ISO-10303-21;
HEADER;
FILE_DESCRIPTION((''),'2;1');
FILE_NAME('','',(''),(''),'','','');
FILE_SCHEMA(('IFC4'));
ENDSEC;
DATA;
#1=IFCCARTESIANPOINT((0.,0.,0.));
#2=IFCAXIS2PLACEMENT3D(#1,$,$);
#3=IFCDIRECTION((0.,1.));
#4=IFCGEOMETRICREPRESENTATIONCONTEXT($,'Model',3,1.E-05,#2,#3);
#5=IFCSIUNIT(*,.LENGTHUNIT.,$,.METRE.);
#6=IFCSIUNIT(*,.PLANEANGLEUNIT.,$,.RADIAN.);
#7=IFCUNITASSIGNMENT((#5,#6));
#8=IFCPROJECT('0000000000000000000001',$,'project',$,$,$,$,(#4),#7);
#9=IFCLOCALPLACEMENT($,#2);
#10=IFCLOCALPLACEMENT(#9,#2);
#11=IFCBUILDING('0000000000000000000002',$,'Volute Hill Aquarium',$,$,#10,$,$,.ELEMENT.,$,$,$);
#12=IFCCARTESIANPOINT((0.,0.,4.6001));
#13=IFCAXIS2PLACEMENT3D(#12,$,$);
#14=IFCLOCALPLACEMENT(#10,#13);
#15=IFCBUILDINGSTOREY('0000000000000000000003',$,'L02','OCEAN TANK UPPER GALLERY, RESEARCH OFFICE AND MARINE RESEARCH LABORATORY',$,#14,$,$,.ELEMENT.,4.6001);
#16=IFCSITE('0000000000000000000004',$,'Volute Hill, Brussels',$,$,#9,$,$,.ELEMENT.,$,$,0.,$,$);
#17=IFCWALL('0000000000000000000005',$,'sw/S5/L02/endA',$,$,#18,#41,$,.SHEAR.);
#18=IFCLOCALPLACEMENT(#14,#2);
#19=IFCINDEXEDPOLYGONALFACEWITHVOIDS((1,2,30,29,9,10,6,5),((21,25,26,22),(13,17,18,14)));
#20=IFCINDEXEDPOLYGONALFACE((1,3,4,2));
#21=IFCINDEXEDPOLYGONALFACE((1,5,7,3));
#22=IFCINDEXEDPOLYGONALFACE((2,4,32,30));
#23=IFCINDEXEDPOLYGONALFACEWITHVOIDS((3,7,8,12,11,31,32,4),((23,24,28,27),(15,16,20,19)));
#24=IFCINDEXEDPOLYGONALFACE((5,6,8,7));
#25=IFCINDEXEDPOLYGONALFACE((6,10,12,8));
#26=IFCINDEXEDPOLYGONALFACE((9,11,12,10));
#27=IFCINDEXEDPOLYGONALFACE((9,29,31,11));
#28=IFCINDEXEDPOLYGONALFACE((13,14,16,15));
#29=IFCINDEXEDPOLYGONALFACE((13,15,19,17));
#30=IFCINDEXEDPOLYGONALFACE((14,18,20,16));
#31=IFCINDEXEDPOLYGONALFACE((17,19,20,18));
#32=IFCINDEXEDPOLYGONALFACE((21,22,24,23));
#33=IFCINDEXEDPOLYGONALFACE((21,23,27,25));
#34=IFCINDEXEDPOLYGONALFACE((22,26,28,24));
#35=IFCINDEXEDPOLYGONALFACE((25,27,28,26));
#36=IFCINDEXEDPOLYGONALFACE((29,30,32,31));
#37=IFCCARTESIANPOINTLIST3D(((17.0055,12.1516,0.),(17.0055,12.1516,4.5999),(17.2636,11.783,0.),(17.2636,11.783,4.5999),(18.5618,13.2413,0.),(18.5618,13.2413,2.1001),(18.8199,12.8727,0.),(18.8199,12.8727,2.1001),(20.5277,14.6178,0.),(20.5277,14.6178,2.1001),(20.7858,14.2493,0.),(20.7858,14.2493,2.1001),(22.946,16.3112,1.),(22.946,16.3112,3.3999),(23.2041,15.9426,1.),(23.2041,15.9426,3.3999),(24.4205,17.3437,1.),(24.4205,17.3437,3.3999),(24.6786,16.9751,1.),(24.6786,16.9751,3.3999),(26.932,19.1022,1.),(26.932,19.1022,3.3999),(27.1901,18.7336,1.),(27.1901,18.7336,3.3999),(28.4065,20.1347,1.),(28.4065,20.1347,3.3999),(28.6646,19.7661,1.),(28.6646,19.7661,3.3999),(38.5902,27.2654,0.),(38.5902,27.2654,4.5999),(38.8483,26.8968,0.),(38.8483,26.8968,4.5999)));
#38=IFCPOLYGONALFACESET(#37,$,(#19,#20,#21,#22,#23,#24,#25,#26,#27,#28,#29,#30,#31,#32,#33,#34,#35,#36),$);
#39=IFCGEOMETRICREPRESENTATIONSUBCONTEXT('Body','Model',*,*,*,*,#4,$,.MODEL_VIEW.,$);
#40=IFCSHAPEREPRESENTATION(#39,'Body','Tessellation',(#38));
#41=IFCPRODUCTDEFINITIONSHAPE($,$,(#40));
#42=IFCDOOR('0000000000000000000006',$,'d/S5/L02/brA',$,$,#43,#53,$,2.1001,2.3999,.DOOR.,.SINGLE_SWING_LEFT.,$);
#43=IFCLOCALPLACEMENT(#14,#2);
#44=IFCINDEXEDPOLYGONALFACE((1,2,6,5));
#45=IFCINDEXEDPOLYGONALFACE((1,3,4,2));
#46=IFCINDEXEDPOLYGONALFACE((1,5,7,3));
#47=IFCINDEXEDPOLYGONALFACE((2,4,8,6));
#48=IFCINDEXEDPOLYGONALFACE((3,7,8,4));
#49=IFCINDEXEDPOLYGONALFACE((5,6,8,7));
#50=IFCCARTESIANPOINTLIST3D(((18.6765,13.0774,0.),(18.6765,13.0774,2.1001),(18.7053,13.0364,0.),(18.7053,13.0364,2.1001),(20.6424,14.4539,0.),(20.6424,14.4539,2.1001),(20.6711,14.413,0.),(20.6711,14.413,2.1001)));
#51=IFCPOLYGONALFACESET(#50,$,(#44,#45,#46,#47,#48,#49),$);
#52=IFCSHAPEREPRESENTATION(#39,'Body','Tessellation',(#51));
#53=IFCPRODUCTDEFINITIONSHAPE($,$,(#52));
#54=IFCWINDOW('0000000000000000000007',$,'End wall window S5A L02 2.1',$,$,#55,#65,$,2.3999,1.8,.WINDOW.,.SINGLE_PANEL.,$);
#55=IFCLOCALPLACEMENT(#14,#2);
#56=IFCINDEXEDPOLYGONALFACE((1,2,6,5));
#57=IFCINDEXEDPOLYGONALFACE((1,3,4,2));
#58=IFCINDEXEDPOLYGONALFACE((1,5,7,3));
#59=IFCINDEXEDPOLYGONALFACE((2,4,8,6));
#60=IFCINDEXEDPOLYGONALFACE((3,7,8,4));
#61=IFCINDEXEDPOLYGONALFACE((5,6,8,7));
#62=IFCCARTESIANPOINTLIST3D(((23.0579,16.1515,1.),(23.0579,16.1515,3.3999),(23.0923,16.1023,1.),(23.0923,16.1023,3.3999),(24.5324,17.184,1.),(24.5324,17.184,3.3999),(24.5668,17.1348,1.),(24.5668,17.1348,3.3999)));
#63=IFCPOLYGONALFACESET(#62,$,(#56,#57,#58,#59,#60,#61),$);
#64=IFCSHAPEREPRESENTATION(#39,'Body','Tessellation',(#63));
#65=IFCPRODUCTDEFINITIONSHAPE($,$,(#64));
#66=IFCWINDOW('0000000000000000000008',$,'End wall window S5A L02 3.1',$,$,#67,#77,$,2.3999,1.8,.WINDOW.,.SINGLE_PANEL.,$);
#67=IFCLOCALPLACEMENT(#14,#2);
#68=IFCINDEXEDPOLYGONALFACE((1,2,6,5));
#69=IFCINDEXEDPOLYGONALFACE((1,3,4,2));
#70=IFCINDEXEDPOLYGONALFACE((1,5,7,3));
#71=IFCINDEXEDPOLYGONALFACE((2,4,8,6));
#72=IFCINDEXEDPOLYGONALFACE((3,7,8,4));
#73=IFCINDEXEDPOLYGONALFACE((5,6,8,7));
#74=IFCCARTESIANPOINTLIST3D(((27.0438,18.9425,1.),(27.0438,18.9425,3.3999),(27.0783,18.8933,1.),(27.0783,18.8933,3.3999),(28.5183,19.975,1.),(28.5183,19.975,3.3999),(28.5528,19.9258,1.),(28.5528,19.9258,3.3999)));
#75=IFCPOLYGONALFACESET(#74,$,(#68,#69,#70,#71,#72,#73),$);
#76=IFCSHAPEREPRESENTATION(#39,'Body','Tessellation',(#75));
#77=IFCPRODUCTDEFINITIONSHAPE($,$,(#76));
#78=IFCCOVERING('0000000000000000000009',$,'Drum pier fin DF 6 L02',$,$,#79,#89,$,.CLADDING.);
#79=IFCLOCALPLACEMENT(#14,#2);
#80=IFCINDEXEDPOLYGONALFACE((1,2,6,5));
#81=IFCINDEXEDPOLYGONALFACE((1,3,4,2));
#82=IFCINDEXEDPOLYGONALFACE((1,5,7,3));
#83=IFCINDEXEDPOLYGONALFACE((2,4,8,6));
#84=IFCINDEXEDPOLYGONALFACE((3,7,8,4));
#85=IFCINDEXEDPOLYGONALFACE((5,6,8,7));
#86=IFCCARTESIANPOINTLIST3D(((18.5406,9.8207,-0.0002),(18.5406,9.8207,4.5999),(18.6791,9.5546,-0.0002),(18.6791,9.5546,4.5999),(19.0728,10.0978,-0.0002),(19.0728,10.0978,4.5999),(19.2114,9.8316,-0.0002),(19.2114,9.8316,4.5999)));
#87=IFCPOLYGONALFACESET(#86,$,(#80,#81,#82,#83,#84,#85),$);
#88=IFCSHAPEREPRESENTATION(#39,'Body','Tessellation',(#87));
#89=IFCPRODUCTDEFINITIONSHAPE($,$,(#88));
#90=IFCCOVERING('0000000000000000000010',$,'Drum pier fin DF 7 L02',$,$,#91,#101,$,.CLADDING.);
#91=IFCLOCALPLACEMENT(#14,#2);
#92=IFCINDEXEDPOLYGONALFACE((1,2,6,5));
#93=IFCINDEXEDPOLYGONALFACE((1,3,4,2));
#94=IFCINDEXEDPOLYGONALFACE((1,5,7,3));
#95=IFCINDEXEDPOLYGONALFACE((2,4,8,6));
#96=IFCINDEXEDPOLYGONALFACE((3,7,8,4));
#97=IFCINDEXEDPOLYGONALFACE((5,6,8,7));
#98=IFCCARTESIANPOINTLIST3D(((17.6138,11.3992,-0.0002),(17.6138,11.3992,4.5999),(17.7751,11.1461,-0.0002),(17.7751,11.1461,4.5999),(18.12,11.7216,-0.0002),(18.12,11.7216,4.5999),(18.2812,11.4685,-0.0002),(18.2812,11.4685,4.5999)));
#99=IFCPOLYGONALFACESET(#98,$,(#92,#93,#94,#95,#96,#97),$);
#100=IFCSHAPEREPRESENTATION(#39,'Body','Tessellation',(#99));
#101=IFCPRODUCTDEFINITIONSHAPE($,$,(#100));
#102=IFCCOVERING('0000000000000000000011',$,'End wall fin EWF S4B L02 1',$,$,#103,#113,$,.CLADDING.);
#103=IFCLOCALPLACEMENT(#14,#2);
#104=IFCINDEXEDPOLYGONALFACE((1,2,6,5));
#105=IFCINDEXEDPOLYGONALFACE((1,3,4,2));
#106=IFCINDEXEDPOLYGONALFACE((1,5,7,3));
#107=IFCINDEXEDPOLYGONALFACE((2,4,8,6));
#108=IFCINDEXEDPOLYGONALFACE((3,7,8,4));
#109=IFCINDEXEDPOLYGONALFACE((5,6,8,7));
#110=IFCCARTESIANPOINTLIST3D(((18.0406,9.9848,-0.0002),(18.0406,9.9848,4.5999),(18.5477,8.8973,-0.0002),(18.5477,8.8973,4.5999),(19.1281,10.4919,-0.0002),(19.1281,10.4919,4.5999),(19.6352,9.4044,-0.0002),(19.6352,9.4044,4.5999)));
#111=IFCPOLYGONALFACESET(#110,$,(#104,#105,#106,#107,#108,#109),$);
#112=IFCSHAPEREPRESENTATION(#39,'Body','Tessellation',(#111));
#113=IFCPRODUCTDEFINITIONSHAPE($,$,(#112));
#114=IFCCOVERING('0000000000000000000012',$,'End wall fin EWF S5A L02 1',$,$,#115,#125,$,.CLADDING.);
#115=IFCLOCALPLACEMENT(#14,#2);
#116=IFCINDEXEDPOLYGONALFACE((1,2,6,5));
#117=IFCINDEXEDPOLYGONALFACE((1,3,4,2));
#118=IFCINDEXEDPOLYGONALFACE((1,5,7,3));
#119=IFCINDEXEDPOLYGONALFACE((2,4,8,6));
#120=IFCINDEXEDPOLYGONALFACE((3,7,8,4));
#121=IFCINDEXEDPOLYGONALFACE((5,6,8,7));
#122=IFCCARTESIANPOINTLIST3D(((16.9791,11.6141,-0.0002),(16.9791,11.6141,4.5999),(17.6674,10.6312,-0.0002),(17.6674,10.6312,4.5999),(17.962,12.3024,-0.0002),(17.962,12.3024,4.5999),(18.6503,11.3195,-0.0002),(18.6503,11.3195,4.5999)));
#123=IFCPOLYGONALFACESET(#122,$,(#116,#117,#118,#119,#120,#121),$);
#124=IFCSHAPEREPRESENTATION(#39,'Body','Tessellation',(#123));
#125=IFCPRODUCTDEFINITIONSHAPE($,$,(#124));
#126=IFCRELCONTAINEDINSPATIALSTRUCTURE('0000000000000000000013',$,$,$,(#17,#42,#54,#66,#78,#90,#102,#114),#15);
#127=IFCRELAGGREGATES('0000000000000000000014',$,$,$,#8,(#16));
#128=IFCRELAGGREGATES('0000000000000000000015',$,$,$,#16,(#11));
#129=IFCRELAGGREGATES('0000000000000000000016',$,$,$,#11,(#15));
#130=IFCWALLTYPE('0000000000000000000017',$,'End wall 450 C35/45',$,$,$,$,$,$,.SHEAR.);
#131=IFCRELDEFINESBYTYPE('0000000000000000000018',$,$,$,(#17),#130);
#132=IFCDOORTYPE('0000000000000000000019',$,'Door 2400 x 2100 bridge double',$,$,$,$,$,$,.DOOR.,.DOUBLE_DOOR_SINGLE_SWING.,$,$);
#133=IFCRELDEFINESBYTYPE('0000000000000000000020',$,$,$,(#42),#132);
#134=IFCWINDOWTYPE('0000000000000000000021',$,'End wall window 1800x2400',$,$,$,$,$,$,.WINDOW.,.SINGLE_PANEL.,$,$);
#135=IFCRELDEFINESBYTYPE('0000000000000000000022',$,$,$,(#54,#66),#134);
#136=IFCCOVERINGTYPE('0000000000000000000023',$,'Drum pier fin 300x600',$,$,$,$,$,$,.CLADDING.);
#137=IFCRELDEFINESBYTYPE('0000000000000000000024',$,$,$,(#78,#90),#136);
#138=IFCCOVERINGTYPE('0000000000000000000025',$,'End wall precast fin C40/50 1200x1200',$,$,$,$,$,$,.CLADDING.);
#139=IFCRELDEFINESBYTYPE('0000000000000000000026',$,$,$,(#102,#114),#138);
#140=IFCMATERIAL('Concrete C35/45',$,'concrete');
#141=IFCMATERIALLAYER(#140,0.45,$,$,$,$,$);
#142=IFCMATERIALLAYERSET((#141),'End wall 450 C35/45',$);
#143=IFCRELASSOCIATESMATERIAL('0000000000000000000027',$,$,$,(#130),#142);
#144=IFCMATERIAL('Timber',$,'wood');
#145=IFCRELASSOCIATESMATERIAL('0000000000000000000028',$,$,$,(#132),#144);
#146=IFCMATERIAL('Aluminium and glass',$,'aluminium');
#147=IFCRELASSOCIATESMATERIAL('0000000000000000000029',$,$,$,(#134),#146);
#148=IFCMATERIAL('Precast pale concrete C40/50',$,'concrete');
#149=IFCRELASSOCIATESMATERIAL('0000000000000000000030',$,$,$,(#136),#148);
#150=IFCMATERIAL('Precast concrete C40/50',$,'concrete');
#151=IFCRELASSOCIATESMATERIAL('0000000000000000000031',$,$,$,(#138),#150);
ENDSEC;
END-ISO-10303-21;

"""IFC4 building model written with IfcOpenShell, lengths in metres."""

from ifc_helpers import new_model, si_unit, direction, frame, frame_2d, origin, origin_2d, place, context, subcontext, project, spatial, rectangle, extrude, material, layer, layer_set, type_object, element, fill, save


model = new_model("IFC4")

# Units and contexts
model_context = context("Model", 3, precision=1e-05, world=origin(), true_north=direction((0.0, 1.0)))
body_context = subcontext(model_context, "Body", "Model", "MODEL_VIEW")
ifc_project = project(units=[si_unit("LENGTHUNIT", "METRE"), si_unit("PLANEANGLEUNIT", "RADIAN")], contexts=[model_context])

# Site, building, storey
site_placement = place(None, origin())
site = spatial("IfcSite", under=ifc_project, at=site_placement, Name="Volute Hill, Brussels", CompositionType="ELEMENT", RefElevation=0.0)
building_placement = place(site_placement, origin())
building = spatial("IfcBuilding", under=site, at=building_placement, Name="Volute Hill Aquarium", CompositionType="ELEMENT")
storey_placement = place(building_placement, frame((0.0, 0.0, 4.6001)))
storey = spatial("IfcBuildingStorey", under=building, at=storey_placement, Name="L02", Description="OCEAN TANK UPPER GALLERY, RESEARCH OFFICE AND MARINE RESEARCH LABORATORY", CompositionType="ELEMENT", Elevation=4.6001)

# Wall, openings, door, windows
ifc_material_1 = material(Name="Concrete C35/45", Category="concrete")
ifc_layer_1 = layer(ifc_material_1, 0.45)
ifc_layer_set_1 = layer_set([ifc_layer_1], Name="End wall 450 C35/45")
wall_type_1 = type_object("IfcWallType", Name="End wall 450 C35/45", PredefinedType="SHEAR", material=ifc_layer_set_1)
ifc_material_2 = material(Name="Timber", Category="wood")
door_type = type_object("IfcDoorType", Name="Door 2400 x 2100 bridge double", OperationType="DOUBLE_DOOR_SINGLE_SWING", PredefinedType="DOOR", material=ifc_material_2)
wall_1_placement = place(storey_placement, frame((17.1345, 11.9673, 0.0), z_axis=(0.0, 0.0, 1.0), x_axis=(0.819152, 0.573576, 0.0)))
wall_1 = element("IfcWall", 1, at=wall_1_placement, inside=storey, type_object=wall_type_1, Name="sw/S5/L02/endA", PredefinedType="SHEAR", context=body_context, shape_type="SweptSolid", body=[
    extrude(rectangle(XDim=26.3501, YDim=0.45, at=frame_2d((13.175, 0.0))), origin(), (0.0, 0.0, 1.0), 4.5999),
])
opening_1_placement = place(wall_1_placement, frame((7.2522, 0.0, 1.0)))
opening_1 = element("IfcOpeningElement", 2, at=opening_1_placement, cuts=wall_1, PredefinedType="OPENING", context=body_context, shape_type="SweptSolid", body=[
    extrude(rectangle(XDim=1.8, YDim=2.3999, at=frame_2d((0.8999, 1.2))), frame((0.0, 0.2349, 0.0), z_axis=(0.0, -1.0, 0.0), x_axis=(1.0, 0.0, 0.0)), (0.0, 0.0, 1.0), 0.47),
])
opening_2_placement = place(wall_1_placement, frame((12.1182, 0.0, 1.0)))
opening_2 = element("IfcOpeningElement", 3, at=opening_2_placement, cuts=wall_1, PredefinedType="OPENING", context=body_context, shape_type="SweptSolid", body=[
    extrude(rectangle(XDim=1.8, YDim=2.3999, at=frame_2d((0.8999, 1.2))), frame((0.0, 0.2349, 0.0), z_axis=(0.0, -1.0, 0.0), x_axis=(1.0, 0.0, 0.0)), (0.0, 0.0, 1.0), 0.47),
])
opening_3_placement = place(wall_1_placement, frame((1.8999, 0.0, 0.0)))
opening_3 = element("IfcOpeningElement", 4, at=opening_3_placement, cuts=wall_1, PredefinedType="OPENING", context=body_context, shape_type="SweptSolid", body=[
    extrude(rectangle(XDim=2.3999, YDim=2.1001, at=frame_2d((1.2, 1.05))), frame((0.0, 0.2349, 0.0), z_axis=(0.0, -1.0, 0.0), x_axis=(1.0, 0.0, 0.0)), (0.0, 0.0, 1.0), 0.47),
])
door_1_placement = place(opening_3_placement, origin())
door_1 = element("IfcDoor", 5, at=door_1_placement, inside=storey, type_object=door_type, Name="d/S5/L02/brA", OperationType="SINGLE_SWING_LEFT", OverallHeight=2.1001, OverallWidth=2.3999, PredefinedType="DOOR", context=body_context, shape_type="SweptSolid", body=[
    extrude(rectangle(XDim=2.3999, YDim=2.1001, at=frame_2d((1.2, 1.05))), frame((0.0, 0.0249, 0.0), z_axis=(0.0, -1.0, 0.0), x_axis=(1.0, 0.0, 0.0)), (0.0, 0.0, 1.0), 0.05),
])
fill(opening_3, door_1)
ifc_material_3 = material(Name="Aluminium and glass", Category="aluminium")
window_type_1 = type_object("IfcWindowType", Name="End wall window 1800x2400", PartitioningType="SINGLE_PANEL", PredefinedType="WINDOW", material=ifc_material_3)
window_1_placement = place(opening_1_placement, origin())
window_1 = element("IfcWindow", 6, at=window_1_placement, inside=storey, type_object=window_type_1, Name="End wall window S5A L02 2.1", OverallHeight=2.3999, OverallWidth=1.8, PartitioningType="SINGLE_PANEL", PredefinedType="WINDOW", context=body_context, shape_type="SweptSolid", body=[
    extrude(rectangle(XDim=1.8, YDim=2.3999, at=frame_2d((0.8999, 1.2))), frame((0.0, 0.03, 0.0), z_axis=(0.0, -1.0, 0.0), x_axis=(1.0, 0.0, 0.0)), (0.0, 0.0, 1.0), 0.0601),
])
fill(opening_1, window_1)
window_2_placement = place(opening_2_placement, origin())
window_2 = element("IfcWindow", 7, at=window_2_placement, inside=storey, type_object=window_type_1, Name="End wall window S5A L02 3.1", OverallHeight=2.3999, OverallWidth=1.8, PartitioningType="SINGLE_PANEL", PredefinedType="WINDOW", context=body_context, shape_type="SweptSolid", body=[
    extrude(rectangle(XDim=1.8, YDim=2.3999, at=frame_2d((0.8999, 1.2))), frame((0.0, 0.03, 0.0), z_axis=(0.0, -1.0, 0.0), x_axis=(1.0, 0.0, 0.0)), (0.0, 0.0, 1.0), 0.0601),
])
fill(opening_2, window_2)

# Coverings
ifc_material_4 = material(Name="Precast pale concrete C40/50", Category="concrete")
covering_type_1 = type_object("IfcCoveringType", Name="Drum pier fin 300x600", PredefinedType="CLADDING", material=ifc_material_4)
for number, where, z_axis, x_axis, name in (
    (8, (18.876, 9.8262, -0.0002), (0.0, 0.0, 1.0), (-0.461749, 0.887011, 0.0), "Drum pier fin DF 6 L02"),
    (9, (17.9475, 11.4338, -0.0002), (0.0, 0.0, 1.0), (-0.5373, 0.843391, 0.0), "Drum pier fin DF 7 L02"),
):
    element("IfcCovering", number, at=place(storey_placement, frame(where, z_axis=z_axis, x_axis=x_axis)), inside=storey, type_object=covering_type_1, Name=name, PredefinedType="CLADDING", context=body_context, shape_type="SweptSolid", body=[
        extrude(rectangle(XDim=0.3, YDim=0.6001, at=origin_2d()), origin(), (0.0, 0.0, 1.0), 4.6001),
    ])
ifc_material_5 = material(Name="Precast concrete C40/50", Category="concrete")
covering_type_2 = type_object("IfcCoveringType", Name="End wall precast fin C40/50 1200x1200", PredefinedType="CLADDING", material=ifc_material_5)
for number, where, z_axis, x_axis, name in (
    (10, (18.8379, 9.6946, -0.0002), (0.0, 0.0, 1.0), (0.906309, 0.422616, 0.0), "End wall fin EWF S4B L02 1"),
    (11, (17.8147, 11.4668, -0.0002), (0.0, 0.0, 1.0), (0.819153, 0.573575, 0.0), "End wall fin EWF S5A L02 1"),
):
    element("IfcCovering", number, at=place(storey_placement, frame(where, z_axis=z_axis, x_axis=x_axis)), inside=storey, type_object=covering_type_2, Name=name, PredefinedType="CLADDING", context=body_context, shape_type="SweptSolid", body=[
        extrude(rectangle(XDim=1.2, YDim=1.2, at=origin_2d()), origin(), (0.0, 0.0, 1.0), 4.6001),
    ])

save(model, "model.ifc")
